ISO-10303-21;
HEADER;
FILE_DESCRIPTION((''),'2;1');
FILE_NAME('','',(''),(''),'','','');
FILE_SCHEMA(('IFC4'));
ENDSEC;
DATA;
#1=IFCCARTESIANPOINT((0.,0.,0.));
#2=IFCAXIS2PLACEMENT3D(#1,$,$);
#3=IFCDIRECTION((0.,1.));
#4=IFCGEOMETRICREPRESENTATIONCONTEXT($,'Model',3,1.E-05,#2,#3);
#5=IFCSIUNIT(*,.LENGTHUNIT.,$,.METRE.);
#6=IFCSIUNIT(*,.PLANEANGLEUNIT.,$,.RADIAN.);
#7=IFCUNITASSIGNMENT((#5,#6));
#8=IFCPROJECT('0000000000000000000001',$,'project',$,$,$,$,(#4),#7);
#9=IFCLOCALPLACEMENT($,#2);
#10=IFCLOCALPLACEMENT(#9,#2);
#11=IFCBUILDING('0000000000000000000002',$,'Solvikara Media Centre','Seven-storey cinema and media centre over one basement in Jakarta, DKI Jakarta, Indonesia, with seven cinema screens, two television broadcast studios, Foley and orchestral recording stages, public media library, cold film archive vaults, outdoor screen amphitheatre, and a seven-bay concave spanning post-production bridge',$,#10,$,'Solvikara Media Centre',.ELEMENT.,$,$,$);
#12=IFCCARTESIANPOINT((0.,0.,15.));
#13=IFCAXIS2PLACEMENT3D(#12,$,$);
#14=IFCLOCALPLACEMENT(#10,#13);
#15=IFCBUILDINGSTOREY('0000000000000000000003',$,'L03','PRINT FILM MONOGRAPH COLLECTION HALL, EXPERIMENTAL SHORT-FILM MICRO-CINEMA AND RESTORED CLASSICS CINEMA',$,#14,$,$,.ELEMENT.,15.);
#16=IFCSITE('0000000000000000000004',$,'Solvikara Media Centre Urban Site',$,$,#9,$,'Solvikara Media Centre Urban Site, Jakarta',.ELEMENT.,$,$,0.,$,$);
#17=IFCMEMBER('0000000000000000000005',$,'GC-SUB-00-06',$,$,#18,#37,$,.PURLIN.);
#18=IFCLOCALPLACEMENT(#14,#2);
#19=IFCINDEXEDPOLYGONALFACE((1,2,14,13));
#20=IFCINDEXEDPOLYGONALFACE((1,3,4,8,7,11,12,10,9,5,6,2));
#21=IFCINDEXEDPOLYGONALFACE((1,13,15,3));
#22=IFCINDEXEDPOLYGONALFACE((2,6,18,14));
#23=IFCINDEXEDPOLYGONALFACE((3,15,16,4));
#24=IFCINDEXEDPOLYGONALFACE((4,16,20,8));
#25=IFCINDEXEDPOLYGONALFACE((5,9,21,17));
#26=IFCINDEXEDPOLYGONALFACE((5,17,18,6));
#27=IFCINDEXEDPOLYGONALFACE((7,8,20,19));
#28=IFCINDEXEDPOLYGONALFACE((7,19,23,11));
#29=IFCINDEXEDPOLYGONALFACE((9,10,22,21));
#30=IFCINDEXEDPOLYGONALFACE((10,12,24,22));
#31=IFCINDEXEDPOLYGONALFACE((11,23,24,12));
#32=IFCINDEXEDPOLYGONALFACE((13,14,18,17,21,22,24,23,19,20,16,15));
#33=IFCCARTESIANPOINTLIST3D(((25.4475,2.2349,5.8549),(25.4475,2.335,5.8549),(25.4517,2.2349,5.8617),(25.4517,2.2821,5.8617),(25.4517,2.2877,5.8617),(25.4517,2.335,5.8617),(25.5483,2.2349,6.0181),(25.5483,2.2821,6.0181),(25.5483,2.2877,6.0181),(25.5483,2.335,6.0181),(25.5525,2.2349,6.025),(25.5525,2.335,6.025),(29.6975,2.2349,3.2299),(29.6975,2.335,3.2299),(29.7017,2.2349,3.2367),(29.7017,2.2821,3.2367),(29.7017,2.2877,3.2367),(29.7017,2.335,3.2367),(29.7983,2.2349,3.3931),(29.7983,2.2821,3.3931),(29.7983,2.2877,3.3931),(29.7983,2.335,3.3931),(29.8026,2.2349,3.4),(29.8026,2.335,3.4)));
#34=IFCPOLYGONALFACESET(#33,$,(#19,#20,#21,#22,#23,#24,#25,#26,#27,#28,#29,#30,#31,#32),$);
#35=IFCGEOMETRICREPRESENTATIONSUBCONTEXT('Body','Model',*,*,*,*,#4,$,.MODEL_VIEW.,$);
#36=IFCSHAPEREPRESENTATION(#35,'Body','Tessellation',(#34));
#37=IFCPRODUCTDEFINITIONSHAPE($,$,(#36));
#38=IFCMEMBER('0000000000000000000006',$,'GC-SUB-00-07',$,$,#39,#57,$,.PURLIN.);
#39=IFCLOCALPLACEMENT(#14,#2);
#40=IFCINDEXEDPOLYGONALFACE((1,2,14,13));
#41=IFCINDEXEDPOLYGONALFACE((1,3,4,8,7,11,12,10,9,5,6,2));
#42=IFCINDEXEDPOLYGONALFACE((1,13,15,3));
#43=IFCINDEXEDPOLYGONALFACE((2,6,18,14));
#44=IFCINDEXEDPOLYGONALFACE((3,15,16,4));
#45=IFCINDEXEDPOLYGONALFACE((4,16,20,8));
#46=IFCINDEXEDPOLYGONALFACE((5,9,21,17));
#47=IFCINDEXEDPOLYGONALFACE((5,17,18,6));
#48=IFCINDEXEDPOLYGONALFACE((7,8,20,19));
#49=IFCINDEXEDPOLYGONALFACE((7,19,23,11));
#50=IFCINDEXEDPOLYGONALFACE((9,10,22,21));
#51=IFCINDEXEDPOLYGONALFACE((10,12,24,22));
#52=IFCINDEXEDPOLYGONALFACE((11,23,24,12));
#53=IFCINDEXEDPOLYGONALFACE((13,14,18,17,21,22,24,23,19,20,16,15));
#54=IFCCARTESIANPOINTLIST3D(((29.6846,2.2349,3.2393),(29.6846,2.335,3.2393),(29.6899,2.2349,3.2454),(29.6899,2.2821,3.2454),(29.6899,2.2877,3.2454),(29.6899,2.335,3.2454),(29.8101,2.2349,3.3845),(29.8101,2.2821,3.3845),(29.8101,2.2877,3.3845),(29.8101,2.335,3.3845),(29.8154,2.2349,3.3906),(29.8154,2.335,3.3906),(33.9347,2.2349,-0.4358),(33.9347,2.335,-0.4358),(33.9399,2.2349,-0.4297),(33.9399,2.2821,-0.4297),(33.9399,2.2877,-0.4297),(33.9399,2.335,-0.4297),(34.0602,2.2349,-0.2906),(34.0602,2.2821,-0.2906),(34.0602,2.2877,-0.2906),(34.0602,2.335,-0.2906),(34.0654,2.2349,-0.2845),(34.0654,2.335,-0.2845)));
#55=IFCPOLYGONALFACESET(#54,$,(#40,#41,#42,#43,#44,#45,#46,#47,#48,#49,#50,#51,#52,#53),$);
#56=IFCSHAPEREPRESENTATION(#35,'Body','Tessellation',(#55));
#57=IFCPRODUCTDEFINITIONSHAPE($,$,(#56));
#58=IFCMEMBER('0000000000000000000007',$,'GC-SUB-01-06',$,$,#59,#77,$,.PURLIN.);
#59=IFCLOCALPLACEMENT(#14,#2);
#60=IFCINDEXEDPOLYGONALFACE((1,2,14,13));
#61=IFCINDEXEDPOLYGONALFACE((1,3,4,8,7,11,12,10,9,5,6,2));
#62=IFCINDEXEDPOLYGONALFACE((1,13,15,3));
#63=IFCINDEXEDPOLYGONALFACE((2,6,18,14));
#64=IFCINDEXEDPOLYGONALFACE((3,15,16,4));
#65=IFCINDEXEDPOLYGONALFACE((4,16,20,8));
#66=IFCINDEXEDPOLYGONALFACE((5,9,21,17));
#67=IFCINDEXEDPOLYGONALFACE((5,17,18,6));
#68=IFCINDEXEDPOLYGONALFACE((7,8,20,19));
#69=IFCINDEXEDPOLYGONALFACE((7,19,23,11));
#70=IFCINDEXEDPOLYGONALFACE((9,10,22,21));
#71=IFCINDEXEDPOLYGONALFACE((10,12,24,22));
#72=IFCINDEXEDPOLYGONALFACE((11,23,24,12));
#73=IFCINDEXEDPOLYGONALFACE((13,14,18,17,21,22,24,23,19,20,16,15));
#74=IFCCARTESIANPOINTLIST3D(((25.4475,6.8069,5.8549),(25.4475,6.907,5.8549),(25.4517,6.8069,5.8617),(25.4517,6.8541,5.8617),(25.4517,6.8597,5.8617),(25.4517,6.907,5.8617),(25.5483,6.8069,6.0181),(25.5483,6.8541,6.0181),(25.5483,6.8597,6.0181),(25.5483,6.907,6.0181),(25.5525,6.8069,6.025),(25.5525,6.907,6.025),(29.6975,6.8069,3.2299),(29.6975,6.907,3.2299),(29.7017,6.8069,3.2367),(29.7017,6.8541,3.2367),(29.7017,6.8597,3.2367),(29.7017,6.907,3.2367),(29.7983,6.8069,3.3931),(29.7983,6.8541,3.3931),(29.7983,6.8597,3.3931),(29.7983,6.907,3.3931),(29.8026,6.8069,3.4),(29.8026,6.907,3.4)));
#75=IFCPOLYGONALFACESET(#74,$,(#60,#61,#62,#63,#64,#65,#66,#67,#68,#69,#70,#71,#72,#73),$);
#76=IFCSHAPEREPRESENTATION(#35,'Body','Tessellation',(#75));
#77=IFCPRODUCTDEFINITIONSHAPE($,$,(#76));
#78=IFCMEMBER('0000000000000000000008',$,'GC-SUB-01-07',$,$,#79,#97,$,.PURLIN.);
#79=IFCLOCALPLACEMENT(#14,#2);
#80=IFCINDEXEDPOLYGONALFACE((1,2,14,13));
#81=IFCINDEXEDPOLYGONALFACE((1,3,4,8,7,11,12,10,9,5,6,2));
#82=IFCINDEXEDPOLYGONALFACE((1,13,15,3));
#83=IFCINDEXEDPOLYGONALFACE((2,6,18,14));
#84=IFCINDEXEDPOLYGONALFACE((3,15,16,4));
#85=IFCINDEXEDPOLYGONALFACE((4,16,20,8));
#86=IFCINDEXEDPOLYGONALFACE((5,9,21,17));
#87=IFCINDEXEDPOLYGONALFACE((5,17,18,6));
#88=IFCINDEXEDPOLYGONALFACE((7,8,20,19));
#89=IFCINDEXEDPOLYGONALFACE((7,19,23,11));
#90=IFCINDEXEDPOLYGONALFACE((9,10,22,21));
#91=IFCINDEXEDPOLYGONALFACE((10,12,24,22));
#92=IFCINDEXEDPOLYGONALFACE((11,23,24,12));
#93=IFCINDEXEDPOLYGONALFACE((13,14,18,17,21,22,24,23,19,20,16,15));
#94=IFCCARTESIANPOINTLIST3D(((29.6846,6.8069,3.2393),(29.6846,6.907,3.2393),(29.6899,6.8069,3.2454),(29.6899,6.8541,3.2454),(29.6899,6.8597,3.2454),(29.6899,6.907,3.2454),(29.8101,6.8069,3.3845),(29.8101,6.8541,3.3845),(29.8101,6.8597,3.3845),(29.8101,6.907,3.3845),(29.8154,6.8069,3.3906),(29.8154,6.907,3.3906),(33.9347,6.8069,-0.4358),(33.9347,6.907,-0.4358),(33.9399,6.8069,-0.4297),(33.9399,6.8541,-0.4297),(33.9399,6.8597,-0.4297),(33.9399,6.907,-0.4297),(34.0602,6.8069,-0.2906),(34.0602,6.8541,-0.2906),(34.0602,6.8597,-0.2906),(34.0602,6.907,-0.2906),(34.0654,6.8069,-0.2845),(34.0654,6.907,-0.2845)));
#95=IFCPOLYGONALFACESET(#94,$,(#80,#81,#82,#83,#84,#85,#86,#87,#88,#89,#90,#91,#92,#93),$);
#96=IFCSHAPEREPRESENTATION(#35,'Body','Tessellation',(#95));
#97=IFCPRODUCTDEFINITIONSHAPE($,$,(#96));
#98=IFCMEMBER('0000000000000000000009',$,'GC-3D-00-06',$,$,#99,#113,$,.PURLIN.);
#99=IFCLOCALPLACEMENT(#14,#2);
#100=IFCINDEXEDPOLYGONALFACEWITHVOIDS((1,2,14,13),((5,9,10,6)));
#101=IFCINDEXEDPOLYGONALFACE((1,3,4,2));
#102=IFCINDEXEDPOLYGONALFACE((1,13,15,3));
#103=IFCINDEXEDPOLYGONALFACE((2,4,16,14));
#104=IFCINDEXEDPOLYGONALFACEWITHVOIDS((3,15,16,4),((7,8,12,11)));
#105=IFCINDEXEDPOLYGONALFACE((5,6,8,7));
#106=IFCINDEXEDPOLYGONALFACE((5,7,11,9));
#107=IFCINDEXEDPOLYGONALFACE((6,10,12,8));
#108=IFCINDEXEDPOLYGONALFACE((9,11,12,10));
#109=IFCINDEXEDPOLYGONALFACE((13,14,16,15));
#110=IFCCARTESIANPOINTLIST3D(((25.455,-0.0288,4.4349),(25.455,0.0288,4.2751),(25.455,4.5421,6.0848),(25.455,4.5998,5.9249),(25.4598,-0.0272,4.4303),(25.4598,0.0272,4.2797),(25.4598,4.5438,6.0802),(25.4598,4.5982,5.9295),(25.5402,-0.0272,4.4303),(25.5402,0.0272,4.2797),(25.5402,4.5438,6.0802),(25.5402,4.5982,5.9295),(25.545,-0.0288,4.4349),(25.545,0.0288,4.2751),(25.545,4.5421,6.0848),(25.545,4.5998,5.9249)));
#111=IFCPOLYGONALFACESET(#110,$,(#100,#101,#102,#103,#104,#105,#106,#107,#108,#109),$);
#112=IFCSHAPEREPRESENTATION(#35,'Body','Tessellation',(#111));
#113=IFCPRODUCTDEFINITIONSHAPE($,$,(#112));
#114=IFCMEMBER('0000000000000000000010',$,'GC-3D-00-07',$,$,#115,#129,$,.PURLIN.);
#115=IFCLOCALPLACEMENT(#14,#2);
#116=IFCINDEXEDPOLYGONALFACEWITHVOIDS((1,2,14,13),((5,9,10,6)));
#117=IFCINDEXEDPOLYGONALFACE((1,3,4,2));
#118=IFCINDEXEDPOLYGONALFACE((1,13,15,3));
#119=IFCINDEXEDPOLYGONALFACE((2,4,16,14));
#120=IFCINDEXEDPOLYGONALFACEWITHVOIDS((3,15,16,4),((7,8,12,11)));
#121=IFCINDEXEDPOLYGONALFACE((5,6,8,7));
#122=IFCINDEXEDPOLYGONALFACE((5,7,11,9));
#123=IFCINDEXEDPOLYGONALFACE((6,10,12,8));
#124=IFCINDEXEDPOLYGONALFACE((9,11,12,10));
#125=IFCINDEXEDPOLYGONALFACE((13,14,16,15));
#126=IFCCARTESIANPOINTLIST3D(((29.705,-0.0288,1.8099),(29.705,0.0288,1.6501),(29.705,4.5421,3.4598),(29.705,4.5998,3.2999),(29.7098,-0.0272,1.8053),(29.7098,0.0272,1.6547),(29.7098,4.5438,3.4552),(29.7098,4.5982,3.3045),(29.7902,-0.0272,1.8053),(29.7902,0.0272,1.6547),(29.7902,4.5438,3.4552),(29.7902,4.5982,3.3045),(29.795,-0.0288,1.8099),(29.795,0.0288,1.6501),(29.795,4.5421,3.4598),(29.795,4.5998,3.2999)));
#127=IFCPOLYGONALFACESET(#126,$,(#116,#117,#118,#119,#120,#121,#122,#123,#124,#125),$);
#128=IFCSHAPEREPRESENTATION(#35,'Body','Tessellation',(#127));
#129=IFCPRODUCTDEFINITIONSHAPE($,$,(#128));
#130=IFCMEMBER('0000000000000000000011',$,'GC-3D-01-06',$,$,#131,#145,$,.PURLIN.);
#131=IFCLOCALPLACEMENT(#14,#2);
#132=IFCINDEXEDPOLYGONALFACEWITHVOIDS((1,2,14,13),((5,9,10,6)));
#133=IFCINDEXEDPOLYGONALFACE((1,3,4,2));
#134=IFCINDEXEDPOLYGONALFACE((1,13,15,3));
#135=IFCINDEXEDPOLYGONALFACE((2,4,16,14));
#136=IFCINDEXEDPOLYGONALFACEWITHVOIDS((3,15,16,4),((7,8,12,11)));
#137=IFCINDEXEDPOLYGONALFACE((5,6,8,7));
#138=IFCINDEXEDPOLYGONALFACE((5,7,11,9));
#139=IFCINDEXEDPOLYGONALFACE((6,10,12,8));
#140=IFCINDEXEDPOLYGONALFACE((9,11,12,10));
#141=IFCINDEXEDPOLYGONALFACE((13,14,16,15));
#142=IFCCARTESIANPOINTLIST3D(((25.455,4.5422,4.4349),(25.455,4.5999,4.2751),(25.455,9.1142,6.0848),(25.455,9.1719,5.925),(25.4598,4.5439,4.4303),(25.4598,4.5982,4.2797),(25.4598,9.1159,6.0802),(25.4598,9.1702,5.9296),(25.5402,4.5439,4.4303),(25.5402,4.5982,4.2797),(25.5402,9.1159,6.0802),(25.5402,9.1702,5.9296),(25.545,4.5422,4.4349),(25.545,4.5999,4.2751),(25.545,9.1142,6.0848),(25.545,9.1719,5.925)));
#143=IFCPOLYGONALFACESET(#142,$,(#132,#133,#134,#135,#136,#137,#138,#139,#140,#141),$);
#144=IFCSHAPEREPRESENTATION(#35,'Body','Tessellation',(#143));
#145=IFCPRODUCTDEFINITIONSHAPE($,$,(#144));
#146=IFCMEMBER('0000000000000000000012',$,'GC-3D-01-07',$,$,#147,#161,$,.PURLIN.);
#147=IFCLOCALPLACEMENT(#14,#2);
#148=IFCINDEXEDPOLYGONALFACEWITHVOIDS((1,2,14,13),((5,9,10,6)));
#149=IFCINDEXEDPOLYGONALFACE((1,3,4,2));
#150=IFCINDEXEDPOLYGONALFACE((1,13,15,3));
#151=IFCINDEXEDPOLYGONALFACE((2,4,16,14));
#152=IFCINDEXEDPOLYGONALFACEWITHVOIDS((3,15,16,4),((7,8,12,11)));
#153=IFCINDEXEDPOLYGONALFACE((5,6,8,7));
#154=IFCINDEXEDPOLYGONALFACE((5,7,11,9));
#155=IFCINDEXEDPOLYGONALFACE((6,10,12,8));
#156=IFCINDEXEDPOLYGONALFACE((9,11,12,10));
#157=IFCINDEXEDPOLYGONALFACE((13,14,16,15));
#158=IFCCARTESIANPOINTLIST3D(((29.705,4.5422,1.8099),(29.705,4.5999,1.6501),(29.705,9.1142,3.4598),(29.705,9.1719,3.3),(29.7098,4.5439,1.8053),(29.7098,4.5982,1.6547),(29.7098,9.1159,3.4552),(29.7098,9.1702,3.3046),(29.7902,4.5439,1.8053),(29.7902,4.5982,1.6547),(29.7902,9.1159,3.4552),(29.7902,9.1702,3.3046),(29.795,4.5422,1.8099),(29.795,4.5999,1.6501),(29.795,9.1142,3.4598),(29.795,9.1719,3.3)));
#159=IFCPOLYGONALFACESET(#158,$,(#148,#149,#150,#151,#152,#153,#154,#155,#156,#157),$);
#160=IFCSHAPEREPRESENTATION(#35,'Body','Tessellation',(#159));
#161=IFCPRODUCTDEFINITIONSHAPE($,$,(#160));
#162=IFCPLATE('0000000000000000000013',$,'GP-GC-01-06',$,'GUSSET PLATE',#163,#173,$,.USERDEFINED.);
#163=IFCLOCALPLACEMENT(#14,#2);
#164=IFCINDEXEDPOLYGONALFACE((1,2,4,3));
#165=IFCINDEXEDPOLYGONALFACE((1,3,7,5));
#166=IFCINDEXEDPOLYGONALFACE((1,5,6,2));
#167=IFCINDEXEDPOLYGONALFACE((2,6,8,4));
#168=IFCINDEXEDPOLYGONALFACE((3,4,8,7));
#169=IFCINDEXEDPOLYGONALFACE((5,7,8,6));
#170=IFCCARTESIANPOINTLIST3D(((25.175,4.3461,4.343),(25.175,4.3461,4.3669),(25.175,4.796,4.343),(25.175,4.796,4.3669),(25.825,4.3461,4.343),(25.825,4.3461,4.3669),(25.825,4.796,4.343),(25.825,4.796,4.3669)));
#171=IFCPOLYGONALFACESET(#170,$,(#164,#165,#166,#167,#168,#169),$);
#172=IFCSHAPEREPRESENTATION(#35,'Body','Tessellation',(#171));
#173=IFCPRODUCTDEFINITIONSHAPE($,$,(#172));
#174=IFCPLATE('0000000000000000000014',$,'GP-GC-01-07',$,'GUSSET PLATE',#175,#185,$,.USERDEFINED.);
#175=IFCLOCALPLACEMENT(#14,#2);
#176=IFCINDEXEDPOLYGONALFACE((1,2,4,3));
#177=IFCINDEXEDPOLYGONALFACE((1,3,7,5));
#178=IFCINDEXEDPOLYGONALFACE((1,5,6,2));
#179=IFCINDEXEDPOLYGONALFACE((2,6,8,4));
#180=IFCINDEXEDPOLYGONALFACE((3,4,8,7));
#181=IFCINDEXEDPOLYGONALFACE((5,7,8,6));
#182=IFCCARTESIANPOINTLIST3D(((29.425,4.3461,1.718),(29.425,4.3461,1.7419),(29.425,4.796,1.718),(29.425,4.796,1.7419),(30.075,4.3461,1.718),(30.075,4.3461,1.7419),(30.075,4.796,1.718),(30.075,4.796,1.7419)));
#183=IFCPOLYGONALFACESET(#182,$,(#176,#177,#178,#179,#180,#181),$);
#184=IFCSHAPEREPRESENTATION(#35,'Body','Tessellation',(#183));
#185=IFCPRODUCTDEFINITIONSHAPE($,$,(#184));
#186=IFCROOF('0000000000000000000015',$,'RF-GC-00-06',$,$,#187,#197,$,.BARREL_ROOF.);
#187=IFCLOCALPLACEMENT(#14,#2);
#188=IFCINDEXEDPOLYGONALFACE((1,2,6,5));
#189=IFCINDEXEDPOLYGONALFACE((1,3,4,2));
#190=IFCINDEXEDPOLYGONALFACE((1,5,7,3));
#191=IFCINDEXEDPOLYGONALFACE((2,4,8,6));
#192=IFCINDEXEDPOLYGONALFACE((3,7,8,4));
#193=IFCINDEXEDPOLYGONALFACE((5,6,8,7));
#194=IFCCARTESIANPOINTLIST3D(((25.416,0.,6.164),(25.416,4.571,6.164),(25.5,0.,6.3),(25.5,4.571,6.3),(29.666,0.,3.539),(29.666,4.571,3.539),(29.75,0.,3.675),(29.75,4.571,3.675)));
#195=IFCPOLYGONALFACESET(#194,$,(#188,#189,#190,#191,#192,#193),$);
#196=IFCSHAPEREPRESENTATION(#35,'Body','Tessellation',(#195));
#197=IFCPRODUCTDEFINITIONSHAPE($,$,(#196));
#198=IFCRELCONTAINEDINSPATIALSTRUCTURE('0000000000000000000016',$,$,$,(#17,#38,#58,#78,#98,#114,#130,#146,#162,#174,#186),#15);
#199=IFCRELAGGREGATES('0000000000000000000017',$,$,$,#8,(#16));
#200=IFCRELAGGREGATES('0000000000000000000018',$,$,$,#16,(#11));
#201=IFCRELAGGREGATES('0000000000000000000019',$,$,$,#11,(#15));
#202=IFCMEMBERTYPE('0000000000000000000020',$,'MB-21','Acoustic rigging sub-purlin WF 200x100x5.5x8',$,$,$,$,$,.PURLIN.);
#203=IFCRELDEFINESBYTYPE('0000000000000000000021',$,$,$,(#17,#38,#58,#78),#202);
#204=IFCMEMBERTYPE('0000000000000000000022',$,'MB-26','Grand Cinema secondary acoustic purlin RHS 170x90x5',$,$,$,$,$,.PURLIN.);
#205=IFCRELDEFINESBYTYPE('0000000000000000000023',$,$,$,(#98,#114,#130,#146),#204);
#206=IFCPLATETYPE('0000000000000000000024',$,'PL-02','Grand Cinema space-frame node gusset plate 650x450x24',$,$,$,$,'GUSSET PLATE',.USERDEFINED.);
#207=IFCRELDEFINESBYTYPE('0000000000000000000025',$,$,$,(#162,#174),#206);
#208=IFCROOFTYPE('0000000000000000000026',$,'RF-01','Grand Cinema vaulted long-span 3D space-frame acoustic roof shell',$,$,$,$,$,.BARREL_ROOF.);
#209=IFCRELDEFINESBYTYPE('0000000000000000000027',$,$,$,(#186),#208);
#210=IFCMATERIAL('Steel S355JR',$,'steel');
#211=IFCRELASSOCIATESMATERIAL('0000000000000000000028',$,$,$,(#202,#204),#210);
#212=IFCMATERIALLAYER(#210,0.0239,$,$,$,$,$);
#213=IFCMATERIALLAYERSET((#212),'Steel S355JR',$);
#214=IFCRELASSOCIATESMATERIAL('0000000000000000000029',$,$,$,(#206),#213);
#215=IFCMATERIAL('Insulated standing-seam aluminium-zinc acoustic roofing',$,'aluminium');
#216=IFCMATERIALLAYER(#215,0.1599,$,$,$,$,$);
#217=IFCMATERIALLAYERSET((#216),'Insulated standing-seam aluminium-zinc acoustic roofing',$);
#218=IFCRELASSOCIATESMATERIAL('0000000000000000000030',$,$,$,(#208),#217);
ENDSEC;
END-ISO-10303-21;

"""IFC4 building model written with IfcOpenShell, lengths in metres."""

from ifc_helpers import new_model, si_unit, direction, frame, origin, origin_2d, place, context, subcontext, project, spatial, polyline, rectangle, hollow_rectangle, i_section, outline, extrude, material, layer, layer_set, material_profile, profile_set, type_object, element, save


model = new_model("IFC4")

# Units and contexts
model_context = context("Model", 3, precision=1e-05, world=origin(), true_north=direction((0.0, 1.0)))
body_context = subcontext(model_context, "Body", "Model", "MODEL_VIEW")
ifc_project = project(units=[si_unit("LENGTHUNIT", "METRE"), si_unit("PLANEANGLEUNIT", "RADIAN")], contexts=[model_context])

# Site, building, storey
site_placement = place(None, origin())
site = spatial("IfcSite", under=ifc_project, at=site_placement, Name="Solvikara Media Centre Urban Site", LongName="Solvikara Media Centre Urban Site, Jakarta", CompositionType="ELEMENT", RefElevation=0.0)
building_placement = place(site_placement, origin())
building = spatial("IfcBuilding", under=site, at=building_placement, Name="Solvikara Media Centre", Description="Seven-storey cinema and media centre over one basement in Jakarta, DKI Jakarta, Indonesia, with seven cinema screens, two television broadcast studios, Foley and orchestral recording stages, public media library, cold film archive vaults, outdoor screen amphitheatre, and a seven-bay concave spanning post-production bridge", LongName="Solvikara Media Centre", CompositionType="ELEMENT")
storey_placement = place(building_placement, frame((0.0, 0.0, 15.0)))
storey = spatial("IfcBuildingStorey", under=building, at=storey_placement, Name="L03", Description="PRINT FILM MONOGRAPH COLLECTION HALL, EXPERIMENTAL SHORT-FILM MICRO-CINEMA AND RESTORED CLASSICS CINEMA", CompositionType="ELEMENT", Elevation=15.0)

# Members
ifc_material_1 = material(Name="Steel S355JR", Category="steel")
ifc_material_profile_1 = material_profile(ifc_material_1, i_section(OverallWidth=0.1001, OverallDepth=0.2, WebThickness=0.0056, FlangeThickness=0.0081, at=origin_2d()), Name="WF 200x100x5.5x8")
ifc_profile_set_1 = profile_set([ifc_material_profile_1], Name="Steel S355JR")
member_type_1 = type_object("IfcMemberType", Name="MB-21", Description="Acoustic rigging sub-purlin WF 200x100x5.5x8", PredefinedType="PURLIN", material=ifc_profile_set_1)
member_1_placement = place(storey_placement, frame((25.5, 2.2849, 5.9399), z_axis=(0.850798, 0.0, -0.525493), x_axis=(0.0, 1.0, 0.0)))
element("IfcMember", 1, at=member_1_placement, inside=storey, type_object=member_type_1, Name="GC-SUB-00-06", PredefinedType="PURLIN", context=body_context, shape_type="SweptSolid", body=[
    extrude(i_section(OverallWidth=0.1001, OverallDepth=0.2, WebThickness=0.0056, FlangeThickness=0.0081, at=origin_2d()), origin(), (0.0, 0.0, 1.0), 4.9954),
])
member_2_placement = place(storey_placement, frame((29.75, 2.2849, 3.3149), z_axis=(0.756418, 0.0, -0.654088), x_axis=(0.0, 1.0, 0.0)))
element("IfcMember", 2, at=member_2_placement, inside=storey, type_object=member_type_1, Name="GC-SUB-00-07", PredefinedType="PURLIN", context=body_context, shape_type="SweptSolid", body=[
    extrude(i_section(OverallWidth=0.1001, OverallDepth=0.2, WebThickness=0.0056, FlangeThickness=0.0081, at=origin_2d()), origin(), (0.0, 0.0, 1.0), 5.6187),
])
member_3_placement = place(storey_placement, frame((25.5, 6.8569, 5.9399), z_axis=(0.850798, 0.0, -0.525493), x_axis=(0.0, 1.0, 0.0)))
element("IfcMember", 3, at=member_3_placement, inside=storey, type_object=member_type_1, Name="GC-SUB-01-06", PredefinedType="PURLIN", context=body_context, shape_type="SweptSolid", body=[
    extrude(i_section(OverallWidth=0.1001, OverallDepth=0.2, WebThickness=0.0056, FlangeThickness=0.0081, at=origin_2d()), origin(), (0.0, 0.0, 1.0), 4.9954),
])
member_4_placement = place(storey_placement, frame((29.75, 6.8569, 3.3149), z_axis=(0.756418, 0.0, -0.654088), x_axis=(0.0, 1.0, 0.0)))
element("IfcMember", 4, at=member_4_placement, inside=storey, type_object=member_type_1, Name="GC-SUB-01-07", PredefinedType="PURLIN", context=body_context, shape_type="SweptSolid", body=[
    extrude(i_section(OverallWidth=0.1001, OverallDepth=0.2, WebThickness=0.0056, FlangeThickness=0.0081, at=origin_2d()), origin(), (0.0, 0.0, 1.0), 5.6187),
])
ifc_material_profile_2 = material_profile(ifc_material_1, hollow_rectangle(XDim=0.0901, YDim=0.1699, WallThickness=0.0049, at=origin_2d()), Name="RHS 170x90x5")
ifc_profile_set_2 = profile_set([ifc_material_profile_2], Name="Steel S355JR")
member_type_2 = type_object("IfcMemberType", Name="MB-26", Description="Grand Cinema secondary acoustic purlin RHS 170x90x5", PredefinedType="PURLIN", material=ifc_profile_set_2)
for number, where, z_axis, x_axis, name in (
    (5, (25.5, 0.0, 4.355), (0.0, 0.940603, 0.339507), (-1.0, 0.0, 0.0), "GC-3D-00-06"),
    (6, (29.75, 0.0, 1.73), (0.0, 0.940603, 0.339507), (-1.0, 0.0, 0.0), "GC-3D-00-07"),
):
    element("IfcMember", number, at=place(storey_placement, frame(where, z_axis=z_axis, x_axis=x_axis)), inside=storey, type_object=member_type_2, Name=name, PredefinedType="PURLIN", context=body_context, shape_type="SweptSolid", body=[
        extrude(hollow_rectangle(XDim=0.0901, YDim=0.1699, WallThickness=0.0049, at=origin_2d()), origin(), (0.0, 0.0, 1.0), 4.8596),
    ])
for number, where, z_axis, x_axis, name in (
    (7, (25.5, 4.571, 4.355), (0.0, 0.940627, 0.339443), (-1.0, 0.0, 0.0), "GC-3D-01-06"),
    (8, (29.75, 4.571, 1.73), (0.0, 0.940627, 0.339443), (-1.0, 0.0, 0.0), "GC-3D-01-07"),
):
    element("IfcMember", number, at=place(storey_placement, frame(where, z_axis=z_axis, x_axis=x_axis)), inside=storey, type_object=member_type_2, Name=name, PredefinedType="PURLIN", context=body_context, shape_type="SweptSolid", body=[
        extrude(hollow_rectangle(XDim=0.0901, YDim=0.1699, WallThickness=0.0049, at=origin_2d()), origin(), (0.0, 0.0, 1.0), 4.8606),
    ])

# Plates
ifc_layer_1 = layer(ifc_material_1, 0.0239)
ifc_layer_set_1 = layer_set([ifc_layer_1], Name="Steel S355JR")
plate_type = type_object("IfcPlateType", Name="PL-02", Description="Grand Cinema space-frame node gusset plate 650x450x24", ElementType="GUSSET PLATE", PredefinedType="USERDEFINED", material=ifc_layer_set_1)
for number, where, z_axis, x_axis, name in (
    (9, (25.5, 4.571, 4.343), (0.0, 0.0, 1.0), (1.0, 0.0, 0.0), "GP-GC-01-06"),
    (10, (29.75, 4.571, 1.718), (0.0, 0.0, 1.0), (1.0, 0.0, 0.0), "GP-GC-01-07"),
):
    element("IfcPlate", number, at=place(storey_placement, frame(where, z_axis=z_axis, x_axis=x_axis)), inside=storey, type_object=plate_type, Name=name, ObjectType="GUSSET PLATE", PredefinedType="USERDEFINED", context=body_context, shape_type="SweptSolid", body=[
        extrude(rectangle(XDim=0.6499, YDim=0.45, at=origin_2d()), origin(), (0.0, 0.0, 1.0), 0.0239),
    ])

# Roof
ifc_material_2 = material(Name="Insulated standing-seam aluminium-zinc acoustic roofing", Category="aluminium")
ifc_layer_2 = layer(ifc_material_2, 0.1599)
ifc_layer_set_2 = layer_set([ifc_layer_2], Name="Insulated standing-seam aluminium-zinc acoustic roofing")
roof_type = type_object("IfcRoofType", Name="RF-01", Description="Grand Cinema vaulted long-span 3D space-frame acoustic roof shell", PredefinedType="BARREL_ROOF", material=ifc_layer_set_2)
roof_1_placement = place(storey_placement, frame((25.5, 0.0, 6.3), z_axis=(0.525493, 0.0, 0.850798), x_axis=(0.850798, 0.0, -0.525493)))
element("IfcRoof", 11, at=roof_1_placement, inside=storey, type_object=roof_type, Name="RF-GC-00-06", PredefinedType="BARREL_ROOF", context=body_context, shape_type="SweptSolid", body=[
    extrude(outline(polyline([(0.0, 0.0), (4.9953, 0.0), (4.9953, 4.571), (0.0, 4.571), (0.0, 0.0)])), origin(), (0.0, 0.0, -1.0), 0.1599),
])

save(model, "model.ifc")
